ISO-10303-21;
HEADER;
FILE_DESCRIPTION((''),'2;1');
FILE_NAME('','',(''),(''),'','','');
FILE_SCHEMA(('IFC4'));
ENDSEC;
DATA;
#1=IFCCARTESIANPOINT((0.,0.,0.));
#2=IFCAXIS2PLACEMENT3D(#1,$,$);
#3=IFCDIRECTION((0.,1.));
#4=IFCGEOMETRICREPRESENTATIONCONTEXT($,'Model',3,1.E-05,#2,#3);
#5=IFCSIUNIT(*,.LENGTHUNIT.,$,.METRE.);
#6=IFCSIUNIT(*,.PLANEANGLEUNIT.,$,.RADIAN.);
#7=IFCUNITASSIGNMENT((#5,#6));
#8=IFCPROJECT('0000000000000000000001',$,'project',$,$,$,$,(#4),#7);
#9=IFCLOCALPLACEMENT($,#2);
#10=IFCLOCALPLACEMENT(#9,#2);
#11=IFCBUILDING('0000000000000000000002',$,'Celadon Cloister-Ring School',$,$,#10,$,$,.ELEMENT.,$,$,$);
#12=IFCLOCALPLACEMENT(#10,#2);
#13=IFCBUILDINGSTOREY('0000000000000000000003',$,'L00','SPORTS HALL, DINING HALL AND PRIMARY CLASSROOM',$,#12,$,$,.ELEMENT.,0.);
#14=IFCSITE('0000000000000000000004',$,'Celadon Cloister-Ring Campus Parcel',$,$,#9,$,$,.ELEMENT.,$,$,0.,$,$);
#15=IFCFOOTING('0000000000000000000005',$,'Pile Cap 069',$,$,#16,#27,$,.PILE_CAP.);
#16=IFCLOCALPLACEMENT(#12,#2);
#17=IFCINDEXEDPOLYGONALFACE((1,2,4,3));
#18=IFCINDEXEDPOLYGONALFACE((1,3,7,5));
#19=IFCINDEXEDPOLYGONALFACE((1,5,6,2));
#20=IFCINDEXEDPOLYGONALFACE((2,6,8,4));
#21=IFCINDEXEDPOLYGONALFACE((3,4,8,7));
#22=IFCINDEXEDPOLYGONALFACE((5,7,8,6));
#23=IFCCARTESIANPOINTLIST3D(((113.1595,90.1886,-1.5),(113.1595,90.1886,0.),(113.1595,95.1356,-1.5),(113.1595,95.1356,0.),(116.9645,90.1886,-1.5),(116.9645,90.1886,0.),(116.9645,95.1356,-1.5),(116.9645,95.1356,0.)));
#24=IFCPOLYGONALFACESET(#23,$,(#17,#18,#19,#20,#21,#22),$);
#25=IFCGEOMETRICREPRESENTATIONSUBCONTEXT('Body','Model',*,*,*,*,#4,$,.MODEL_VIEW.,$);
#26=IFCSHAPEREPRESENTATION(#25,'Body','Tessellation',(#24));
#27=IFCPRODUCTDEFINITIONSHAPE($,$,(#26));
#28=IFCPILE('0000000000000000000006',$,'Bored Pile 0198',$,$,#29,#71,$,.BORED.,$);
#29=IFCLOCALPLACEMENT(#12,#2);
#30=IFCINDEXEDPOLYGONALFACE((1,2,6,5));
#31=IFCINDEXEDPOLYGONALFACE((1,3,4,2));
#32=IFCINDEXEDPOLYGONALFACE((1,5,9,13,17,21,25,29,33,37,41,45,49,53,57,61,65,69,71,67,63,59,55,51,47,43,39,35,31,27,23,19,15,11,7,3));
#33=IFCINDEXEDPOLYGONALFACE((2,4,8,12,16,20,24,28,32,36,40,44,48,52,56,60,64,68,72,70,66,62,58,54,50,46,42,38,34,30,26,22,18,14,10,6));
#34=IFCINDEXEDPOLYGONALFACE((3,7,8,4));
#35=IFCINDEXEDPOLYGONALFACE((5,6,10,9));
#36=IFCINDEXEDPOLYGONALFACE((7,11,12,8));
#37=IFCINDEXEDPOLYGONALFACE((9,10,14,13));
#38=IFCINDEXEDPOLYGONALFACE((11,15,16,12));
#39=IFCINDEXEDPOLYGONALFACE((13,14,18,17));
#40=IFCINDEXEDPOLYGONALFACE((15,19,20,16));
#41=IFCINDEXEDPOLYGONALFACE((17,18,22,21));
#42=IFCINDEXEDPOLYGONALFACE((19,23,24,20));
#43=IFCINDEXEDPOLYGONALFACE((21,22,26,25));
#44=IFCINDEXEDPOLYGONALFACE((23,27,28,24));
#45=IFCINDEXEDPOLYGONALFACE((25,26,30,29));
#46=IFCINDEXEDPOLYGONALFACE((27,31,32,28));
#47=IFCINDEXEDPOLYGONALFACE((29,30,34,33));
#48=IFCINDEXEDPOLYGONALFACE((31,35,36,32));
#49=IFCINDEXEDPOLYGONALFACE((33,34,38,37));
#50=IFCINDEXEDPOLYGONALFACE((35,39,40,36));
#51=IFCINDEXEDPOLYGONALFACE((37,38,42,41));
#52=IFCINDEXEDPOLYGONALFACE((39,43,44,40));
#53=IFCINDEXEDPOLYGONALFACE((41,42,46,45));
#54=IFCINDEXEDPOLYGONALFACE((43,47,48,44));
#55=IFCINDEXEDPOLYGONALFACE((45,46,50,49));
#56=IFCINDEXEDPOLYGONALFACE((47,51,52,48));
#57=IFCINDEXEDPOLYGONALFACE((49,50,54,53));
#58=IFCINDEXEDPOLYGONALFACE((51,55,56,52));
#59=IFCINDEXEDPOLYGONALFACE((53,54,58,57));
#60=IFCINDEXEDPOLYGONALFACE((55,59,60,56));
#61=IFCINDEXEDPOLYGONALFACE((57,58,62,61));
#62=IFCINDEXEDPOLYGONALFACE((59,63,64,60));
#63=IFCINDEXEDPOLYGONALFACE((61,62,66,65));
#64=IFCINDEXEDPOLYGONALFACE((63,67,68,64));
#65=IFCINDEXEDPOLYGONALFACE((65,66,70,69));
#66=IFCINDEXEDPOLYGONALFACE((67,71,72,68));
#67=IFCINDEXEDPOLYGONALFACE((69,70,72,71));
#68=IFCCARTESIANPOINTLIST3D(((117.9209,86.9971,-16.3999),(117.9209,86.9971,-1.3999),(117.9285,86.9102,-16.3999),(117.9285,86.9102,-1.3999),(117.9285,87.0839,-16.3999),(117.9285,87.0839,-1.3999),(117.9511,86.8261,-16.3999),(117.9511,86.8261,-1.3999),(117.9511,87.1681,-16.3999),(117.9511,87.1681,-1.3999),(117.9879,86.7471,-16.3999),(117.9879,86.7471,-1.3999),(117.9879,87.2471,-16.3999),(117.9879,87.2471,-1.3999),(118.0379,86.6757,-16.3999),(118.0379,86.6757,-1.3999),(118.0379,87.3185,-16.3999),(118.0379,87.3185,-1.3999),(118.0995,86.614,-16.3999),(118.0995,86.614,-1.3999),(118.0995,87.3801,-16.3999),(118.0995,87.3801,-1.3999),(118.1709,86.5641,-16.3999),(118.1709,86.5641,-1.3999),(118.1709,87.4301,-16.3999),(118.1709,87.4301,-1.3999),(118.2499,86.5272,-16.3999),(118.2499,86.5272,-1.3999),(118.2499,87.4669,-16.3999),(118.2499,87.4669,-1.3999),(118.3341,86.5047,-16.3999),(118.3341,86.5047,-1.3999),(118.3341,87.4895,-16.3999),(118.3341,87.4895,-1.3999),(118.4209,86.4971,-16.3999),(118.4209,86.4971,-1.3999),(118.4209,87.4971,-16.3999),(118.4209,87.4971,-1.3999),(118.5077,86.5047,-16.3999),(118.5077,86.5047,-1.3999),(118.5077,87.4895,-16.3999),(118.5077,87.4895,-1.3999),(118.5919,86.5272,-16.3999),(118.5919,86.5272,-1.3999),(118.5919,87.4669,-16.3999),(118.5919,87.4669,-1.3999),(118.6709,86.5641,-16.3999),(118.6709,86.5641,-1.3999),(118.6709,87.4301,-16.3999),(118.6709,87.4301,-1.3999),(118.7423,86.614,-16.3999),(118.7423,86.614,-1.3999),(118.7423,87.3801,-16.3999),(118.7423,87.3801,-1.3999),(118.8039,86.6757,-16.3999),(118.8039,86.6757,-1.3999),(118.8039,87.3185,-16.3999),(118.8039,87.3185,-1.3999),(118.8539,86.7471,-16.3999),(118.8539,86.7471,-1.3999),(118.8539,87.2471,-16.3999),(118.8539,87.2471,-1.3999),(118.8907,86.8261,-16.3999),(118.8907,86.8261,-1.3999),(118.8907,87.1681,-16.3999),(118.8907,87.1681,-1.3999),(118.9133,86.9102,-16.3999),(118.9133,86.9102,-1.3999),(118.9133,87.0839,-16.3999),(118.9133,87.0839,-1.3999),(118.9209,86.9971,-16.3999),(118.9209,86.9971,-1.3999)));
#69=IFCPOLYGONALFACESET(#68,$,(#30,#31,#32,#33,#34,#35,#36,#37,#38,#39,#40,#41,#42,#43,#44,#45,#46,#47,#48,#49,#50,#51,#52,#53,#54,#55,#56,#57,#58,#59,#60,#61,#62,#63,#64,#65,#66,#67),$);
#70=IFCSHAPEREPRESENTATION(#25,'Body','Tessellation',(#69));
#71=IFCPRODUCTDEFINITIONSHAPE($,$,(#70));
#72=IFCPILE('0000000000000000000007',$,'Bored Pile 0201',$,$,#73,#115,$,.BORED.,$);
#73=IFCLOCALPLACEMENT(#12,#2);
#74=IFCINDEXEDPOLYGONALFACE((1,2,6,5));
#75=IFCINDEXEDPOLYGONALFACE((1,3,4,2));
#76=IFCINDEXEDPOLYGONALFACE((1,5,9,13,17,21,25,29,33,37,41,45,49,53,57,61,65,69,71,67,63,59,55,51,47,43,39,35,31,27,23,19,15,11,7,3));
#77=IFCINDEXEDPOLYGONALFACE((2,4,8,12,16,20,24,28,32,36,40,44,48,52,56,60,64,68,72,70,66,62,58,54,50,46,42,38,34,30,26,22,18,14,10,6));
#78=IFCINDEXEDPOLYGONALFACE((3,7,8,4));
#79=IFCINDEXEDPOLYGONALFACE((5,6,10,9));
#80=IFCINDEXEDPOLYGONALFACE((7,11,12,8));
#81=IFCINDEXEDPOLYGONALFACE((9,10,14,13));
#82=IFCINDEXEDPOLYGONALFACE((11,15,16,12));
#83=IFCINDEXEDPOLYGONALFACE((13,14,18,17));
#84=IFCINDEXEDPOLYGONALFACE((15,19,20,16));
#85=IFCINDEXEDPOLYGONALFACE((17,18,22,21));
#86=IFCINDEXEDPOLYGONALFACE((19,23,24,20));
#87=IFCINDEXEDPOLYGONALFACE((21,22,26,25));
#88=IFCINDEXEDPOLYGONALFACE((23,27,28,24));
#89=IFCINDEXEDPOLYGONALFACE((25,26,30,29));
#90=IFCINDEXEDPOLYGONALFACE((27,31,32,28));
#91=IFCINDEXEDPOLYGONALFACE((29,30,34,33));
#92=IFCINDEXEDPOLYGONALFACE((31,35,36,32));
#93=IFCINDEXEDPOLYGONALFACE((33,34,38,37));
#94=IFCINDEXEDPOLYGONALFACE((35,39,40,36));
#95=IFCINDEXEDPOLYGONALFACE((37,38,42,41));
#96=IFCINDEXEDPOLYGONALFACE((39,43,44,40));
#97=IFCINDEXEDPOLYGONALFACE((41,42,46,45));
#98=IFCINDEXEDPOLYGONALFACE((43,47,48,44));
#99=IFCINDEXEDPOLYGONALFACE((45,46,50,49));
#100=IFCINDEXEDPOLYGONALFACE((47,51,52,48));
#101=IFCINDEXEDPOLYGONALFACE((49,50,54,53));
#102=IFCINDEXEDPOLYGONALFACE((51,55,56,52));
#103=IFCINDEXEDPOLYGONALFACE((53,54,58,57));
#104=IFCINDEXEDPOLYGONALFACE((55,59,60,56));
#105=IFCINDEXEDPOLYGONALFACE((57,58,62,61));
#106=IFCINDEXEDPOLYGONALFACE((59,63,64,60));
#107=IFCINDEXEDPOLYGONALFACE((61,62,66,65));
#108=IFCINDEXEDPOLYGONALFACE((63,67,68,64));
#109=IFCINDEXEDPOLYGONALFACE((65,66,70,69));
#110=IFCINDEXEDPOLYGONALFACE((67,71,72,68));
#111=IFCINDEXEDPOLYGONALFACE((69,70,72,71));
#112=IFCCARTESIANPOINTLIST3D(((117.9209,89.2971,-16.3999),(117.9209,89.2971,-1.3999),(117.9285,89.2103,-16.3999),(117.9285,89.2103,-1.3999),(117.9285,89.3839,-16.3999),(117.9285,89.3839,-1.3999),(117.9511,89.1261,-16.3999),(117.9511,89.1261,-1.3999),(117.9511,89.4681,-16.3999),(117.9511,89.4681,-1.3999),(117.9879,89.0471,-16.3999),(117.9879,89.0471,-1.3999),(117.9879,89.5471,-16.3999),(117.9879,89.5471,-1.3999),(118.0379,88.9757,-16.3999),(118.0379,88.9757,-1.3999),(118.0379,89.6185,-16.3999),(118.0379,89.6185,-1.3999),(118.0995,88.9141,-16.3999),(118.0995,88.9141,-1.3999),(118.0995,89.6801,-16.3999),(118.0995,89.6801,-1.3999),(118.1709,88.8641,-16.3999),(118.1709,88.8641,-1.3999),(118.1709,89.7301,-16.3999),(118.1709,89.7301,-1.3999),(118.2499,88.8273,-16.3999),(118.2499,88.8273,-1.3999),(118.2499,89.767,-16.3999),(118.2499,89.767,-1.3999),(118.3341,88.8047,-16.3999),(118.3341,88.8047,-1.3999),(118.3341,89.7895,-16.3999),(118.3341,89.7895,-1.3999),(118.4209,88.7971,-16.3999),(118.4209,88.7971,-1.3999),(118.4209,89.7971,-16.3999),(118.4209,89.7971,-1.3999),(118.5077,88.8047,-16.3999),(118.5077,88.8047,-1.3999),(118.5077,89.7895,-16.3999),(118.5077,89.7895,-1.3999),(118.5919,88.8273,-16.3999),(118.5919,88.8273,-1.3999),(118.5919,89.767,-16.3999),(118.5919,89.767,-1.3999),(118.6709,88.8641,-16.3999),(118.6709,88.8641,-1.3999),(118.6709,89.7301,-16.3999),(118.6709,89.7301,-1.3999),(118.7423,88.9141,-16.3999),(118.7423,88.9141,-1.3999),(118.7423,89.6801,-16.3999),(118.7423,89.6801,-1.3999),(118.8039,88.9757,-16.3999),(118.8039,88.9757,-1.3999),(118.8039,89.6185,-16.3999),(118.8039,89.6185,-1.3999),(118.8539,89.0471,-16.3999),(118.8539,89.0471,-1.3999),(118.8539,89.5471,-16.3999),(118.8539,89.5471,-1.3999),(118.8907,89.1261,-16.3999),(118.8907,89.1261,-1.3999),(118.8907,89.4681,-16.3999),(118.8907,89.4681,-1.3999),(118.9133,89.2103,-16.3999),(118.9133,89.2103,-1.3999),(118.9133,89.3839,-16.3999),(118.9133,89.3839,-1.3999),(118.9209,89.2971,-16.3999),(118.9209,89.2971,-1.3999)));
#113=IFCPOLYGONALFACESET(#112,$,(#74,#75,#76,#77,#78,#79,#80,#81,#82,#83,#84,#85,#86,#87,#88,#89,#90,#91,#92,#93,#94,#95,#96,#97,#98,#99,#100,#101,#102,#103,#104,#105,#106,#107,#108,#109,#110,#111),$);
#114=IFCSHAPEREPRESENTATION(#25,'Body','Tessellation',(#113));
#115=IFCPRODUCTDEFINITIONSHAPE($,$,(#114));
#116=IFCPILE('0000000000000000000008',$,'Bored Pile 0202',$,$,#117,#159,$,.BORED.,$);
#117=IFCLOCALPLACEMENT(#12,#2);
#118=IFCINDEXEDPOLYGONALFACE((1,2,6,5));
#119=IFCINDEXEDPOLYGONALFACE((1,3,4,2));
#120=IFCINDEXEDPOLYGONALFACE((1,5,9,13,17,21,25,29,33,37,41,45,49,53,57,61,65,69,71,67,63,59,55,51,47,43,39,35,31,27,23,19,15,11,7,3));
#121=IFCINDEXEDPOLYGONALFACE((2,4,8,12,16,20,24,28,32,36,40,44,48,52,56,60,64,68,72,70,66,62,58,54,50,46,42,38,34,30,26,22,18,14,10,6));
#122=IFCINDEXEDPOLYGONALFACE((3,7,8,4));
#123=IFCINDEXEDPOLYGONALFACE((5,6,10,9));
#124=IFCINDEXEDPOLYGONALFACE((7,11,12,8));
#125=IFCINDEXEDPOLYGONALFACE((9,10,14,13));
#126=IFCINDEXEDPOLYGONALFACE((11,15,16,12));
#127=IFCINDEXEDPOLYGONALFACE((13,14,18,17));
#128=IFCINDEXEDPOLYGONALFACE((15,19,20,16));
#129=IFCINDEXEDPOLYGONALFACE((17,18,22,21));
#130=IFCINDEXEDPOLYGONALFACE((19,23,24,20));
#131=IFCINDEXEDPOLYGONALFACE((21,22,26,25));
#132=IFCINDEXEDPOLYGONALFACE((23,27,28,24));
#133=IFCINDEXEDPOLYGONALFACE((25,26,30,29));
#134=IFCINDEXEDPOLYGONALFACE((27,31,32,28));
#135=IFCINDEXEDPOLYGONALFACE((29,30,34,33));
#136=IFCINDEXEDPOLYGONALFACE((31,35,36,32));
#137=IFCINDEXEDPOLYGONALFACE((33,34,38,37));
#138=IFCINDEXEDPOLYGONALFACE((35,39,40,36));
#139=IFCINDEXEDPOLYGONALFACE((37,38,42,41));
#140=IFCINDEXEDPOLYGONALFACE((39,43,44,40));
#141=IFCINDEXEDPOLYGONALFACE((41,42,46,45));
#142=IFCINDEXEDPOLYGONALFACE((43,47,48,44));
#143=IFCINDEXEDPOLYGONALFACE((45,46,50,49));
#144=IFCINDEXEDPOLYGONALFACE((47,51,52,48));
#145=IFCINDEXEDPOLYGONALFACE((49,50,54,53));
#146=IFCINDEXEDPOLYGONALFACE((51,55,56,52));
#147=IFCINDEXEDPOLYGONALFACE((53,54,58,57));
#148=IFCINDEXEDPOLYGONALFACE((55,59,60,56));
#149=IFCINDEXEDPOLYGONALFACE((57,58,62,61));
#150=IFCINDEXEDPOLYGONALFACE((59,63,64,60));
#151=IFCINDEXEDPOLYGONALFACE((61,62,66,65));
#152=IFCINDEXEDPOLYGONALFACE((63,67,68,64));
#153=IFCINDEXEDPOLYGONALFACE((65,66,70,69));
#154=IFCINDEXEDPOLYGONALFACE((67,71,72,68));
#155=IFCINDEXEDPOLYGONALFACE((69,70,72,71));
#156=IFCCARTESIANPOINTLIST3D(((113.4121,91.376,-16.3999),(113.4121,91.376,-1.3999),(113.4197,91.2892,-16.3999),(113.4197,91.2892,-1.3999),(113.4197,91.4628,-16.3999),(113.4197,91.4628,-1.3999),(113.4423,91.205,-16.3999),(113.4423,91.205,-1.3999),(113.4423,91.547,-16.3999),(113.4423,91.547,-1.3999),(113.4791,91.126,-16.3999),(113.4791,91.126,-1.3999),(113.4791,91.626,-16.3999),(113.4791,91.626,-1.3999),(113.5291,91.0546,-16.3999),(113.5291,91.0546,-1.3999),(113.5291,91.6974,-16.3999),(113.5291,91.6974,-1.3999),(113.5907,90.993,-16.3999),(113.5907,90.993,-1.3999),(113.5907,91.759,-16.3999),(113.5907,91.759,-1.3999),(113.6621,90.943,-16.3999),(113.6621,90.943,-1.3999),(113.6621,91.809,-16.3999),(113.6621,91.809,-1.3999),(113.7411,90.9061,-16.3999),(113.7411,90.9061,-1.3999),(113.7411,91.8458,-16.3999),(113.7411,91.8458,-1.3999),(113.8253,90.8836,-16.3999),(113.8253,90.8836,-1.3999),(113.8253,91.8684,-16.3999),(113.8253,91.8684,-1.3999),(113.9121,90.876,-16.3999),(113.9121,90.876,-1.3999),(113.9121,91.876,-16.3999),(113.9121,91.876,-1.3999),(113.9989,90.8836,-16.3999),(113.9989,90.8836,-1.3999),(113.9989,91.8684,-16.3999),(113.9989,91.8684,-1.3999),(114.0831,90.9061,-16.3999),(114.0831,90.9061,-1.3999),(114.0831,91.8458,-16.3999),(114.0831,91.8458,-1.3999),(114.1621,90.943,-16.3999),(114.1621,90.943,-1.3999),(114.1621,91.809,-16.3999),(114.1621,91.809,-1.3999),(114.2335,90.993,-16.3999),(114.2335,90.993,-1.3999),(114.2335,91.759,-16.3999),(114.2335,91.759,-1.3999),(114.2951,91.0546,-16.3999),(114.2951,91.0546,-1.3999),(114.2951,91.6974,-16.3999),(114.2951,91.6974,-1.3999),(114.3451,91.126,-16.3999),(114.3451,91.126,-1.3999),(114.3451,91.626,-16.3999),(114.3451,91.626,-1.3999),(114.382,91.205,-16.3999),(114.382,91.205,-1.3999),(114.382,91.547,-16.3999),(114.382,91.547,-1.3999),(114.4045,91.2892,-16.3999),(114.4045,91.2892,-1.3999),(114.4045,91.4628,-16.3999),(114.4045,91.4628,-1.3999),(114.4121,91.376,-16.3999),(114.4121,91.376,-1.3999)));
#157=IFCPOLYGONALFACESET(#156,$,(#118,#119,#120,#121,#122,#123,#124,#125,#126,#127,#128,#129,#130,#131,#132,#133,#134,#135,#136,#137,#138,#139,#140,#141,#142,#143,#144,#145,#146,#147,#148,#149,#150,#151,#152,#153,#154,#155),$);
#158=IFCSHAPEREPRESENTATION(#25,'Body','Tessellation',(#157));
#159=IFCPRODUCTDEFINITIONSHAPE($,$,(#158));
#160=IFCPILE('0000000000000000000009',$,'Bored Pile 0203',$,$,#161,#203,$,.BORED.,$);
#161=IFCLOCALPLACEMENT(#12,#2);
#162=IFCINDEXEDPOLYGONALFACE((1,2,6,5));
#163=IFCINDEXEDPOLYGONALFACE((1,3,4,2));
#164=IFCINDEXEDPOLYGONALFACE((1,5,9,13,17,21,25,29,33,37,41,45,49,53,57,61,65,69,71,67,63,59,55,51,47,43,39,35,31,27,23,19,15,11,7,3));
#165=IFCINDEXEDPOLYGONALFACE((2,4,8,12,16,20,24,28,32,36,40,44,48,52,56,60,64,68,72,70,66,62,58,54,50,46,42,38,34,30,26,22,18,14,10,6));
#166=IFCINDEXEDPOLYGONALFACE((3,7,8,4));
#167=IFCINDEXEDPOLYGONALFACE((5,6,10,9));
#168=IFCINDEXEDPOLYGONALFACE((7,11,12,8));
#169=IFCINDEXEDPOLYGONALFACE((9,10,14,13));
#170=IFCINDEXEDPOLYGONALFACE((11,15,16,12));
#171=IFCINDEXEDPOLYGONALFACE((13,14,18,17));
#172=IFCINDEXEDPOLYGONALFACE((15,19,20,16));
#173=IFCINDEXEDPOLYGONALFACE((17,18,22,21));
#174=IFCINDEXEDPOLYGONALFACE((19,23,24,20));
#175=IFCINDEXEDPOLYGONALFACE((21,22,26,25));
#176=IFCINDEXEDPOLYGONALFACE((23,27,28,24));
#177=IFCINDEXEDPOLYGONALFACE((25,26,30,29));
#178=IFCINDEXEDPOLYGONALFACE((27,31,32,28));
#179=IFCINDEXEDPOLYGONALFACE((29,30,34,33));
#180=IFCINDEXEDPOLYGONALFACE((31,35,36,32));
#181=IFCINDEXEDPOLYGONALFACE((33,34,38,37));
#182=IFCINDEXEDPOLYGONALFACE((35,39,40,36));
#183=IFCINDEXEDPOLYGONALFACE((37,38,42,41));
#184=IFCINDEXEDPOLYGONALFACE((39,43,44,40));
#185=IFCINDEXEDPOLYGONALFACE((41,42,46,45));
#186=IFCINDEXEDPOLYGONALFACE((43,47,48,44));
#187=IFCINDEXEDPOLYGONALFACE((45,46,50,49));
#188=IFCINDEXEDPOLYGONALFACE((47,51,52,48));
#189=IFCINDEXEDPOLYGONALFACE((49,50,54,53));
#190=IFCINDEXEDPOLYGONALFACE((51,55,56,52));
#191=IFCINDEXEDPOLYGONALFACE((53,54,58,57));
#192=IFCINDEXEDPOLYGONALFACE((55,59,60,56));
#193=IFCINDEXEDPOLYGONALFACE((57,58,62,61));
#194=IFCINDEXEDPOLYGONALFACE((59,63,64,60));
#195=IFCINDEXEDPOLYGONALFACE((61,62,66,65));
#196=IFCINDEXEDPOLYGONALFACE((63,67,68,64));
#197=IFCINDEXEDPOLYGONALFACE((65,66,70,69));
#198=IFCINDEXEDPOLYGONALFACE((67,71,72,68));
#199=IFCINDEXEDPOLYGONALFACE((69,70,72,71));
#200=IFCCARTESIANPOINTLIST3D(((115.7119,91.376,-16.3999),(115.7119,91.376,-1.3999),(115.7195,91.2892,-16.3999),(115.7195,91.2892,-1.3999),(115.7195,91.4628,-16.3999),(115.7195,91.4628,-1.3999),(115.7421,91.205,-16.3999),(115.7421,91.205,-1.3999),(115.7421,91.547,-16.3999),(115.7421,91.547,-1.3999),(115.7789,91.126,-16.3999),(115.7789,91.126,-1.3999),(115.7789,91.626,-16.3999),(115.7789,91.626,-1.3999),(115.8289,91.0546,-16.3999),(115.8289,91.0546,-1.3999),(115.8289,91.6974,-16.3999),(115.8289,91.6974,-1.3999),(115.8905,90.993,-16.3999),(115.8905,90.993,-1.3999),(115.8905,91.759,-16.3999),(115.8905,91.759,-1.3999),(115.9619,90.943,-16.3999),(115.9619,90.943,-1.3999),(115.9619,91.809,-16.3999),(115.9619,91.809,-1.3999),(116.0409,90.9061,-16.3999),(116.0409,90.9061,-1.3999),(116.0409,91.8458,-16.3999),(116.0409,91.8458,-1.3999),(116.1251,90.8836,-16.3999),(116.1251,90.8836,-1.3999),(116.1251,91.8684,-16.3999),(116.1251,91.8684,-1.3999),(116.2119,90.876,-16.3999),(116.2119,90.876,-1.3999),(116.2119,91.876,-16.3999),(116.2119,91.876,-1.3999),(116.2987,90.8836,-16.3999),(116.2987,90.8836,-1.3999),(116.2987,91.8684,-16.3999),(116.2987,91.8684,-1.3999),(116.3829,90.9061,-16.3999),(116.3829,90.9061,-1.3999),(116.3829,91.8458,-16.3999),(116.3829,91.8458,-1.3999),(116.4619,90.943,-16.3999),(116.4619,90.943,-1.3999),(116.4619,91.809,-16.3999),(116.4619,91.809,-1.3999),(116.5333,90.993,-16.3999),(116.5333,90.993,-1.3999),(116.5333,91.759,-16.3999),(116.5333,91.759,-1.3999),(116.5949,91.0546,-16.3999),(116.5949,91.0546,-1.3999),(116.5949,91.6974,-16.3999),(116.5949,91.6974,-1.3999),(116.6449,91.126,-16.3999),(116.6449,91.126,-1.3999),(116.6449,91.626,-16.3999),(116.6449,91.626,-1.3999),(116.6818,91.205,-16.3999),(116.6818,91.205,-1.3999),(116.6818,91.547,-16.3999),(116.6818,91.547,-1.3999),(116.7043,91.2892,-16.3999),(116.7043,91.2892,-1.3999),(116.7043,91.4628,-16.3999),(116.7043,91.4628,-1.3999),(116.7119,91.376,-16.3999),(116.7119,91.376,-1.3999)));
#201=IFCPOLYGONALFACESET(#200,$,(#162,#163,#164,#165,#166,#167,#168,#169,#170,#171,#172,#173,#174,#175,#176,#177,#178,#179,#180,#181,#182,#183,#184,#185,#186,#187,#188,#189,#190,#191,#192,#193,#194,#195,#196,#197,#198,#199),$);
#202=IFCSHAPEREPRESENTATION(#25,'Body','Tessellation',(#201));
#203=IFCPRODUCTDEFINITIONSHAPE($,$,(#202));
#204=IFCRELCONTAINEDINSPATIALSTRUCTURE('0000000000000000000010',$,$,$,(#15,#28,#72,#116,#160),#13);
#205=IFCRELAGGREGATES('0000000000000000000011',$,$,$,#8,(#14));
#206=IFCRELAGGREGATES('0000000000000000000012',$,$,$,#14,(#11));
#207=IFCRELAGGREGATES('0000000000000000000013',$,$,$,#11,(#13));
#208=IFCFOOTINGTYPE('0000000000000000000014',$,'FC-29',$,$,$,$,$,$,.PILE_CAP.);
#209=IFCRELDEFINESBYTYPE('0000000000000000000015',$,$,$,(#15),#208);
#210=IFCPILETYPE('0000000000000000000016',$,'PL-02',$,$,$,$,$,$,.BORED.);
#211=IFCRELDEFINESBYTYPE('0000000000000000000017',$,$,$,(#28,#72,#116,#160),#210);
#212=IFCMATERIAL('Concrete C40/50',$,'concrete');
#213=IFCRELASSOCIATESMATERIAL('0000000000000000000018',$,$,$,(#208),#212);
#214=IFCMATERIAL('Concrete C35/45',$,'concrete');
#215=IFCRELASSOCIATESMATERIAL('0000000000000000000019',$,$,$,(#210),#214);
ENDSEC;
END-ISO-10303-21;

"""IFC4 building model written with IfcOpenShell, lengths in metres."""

from ifc_helpers import new_model, si_unit, direction, frame, origin, origin_2d, place, context, subcontext, project, spatial, rectangle, circle, extrude, material, material_profile, profile_set, type_object, element, save


model = new_model("IFC4")

# Units and contexts
model_context = context("Model", 3, precision=1e-05, world=origin(), true_north=direction((0.0, 1.0)))
body_context = subcontext(model_context, "Body", "Model", "MODEL_VIEW")
ifc_project = project(units=[si_unit("LENGTHUNIT", "METRE"), si_unit("PLANEANGLEUNIT", "RADIAN")], contexts=[model_context])

# Site, building, storey
site_placement = place(None, origin())
site = spatial("IfcSite", under=ifc_project, at=site_placement, Name="Celadon Cloister-Ring Campus Parcel", CompositionType="ELEMENT", RefElevation=0.0)
building_placement = place(site_placement, origin())
building = spatial("IfcBuilding", under=site, at=building_placement, Name="Celadon Cloister-Ring School", CompositionType="ELEMENT")
storey_placement = place(building_placement, origin())
storey = spatial("IfcBuildingStorey", under=building, at=storey_placement, Name="L00", Description="SPORTS HALL, DINING HALL AND PRIMARY CLASSROOM", CompositionType="ELEMENT", Elevation=0.0)

# Footing
ifc_material_1 = material(Name="Concrete C40/50", Category="concrete")
footing_type = type_object("IfcFootingType", Name="FC-29", PredefinedType="PILE_CAP", material=ifc_material_1)
footing_placement = place(storey_placement, frame((115.062, 92.6621, -1.5), z_axis=(0.0, 0.0, 1.0), x_axis=(1.0, 0.0, 0.0)))
element("IfcFooting", 1, at=footing_placement, inside=storey, type_object=footing_type, Name="Pile Cap 069", PredefinedType="PILE_CAP", context=body_context, shape_type="SweptSolid", body=[
    extrude(rectangle(XDim=3.8049, YDim=4.947, at=origin_2d()), origin(), (0.0, 0.0, 1.0), 1.5),
])

# Piles
ifc_material_2 = material(Name="Concrete C35/45", Category="concrete")
ifc_material_profile_1 = material_profile(ifc_material_2, circle(Radius=0.5, at=origin_2d()), Name="PILE1000")
ifc_profile_set_1 = profile_set([ifc_material_profile_1], Name="Concrete C35/45")
pile_type = type_object("IfcPileType", Name="PL-02", PredefinedType="BORED", material=ifc_profile_set_1)
for number, where, z_axis, x_axis, name in (
    (2, (118.4209, 86.9971, -1.3999), (0.0, 0.0, -1.0), (1.0, 0.0, 0.0), "Bored Pile 0198"),
    (3, (118.4209, 89.2971, -1.3999), (0.0, 0.0, -1.0), (1.0, 0.0, 0.0), "Bored Pile 0201"),
    (4, (113.9121, 91.376, -1.3999), (0.0, 0.0, -1.0), (1.0, 0.0, 0.0), "Bored Pile 0202"),
    (5, (116.2119, 91.376, -1.3999), (0.0, 0.0, -1.0), (1.0, 0.0, 0.0), "Bored Pile 0203"),
):
    element("IfcPile", number, at=place(storey_placement, frame(where, z_axis=z_axis, x_axis=x_axis)), inside=storey, type_object=pile_type, Name=name, PredefinedType="BORED", context=body_context, shape_type="SweptSolid", body=[
        extrude(circle(Radius=0.5, at=origin_2d()), origin(), (0.0, 0.0, 1.0), 15.0),
    ])

save(model, "model.ifc")
